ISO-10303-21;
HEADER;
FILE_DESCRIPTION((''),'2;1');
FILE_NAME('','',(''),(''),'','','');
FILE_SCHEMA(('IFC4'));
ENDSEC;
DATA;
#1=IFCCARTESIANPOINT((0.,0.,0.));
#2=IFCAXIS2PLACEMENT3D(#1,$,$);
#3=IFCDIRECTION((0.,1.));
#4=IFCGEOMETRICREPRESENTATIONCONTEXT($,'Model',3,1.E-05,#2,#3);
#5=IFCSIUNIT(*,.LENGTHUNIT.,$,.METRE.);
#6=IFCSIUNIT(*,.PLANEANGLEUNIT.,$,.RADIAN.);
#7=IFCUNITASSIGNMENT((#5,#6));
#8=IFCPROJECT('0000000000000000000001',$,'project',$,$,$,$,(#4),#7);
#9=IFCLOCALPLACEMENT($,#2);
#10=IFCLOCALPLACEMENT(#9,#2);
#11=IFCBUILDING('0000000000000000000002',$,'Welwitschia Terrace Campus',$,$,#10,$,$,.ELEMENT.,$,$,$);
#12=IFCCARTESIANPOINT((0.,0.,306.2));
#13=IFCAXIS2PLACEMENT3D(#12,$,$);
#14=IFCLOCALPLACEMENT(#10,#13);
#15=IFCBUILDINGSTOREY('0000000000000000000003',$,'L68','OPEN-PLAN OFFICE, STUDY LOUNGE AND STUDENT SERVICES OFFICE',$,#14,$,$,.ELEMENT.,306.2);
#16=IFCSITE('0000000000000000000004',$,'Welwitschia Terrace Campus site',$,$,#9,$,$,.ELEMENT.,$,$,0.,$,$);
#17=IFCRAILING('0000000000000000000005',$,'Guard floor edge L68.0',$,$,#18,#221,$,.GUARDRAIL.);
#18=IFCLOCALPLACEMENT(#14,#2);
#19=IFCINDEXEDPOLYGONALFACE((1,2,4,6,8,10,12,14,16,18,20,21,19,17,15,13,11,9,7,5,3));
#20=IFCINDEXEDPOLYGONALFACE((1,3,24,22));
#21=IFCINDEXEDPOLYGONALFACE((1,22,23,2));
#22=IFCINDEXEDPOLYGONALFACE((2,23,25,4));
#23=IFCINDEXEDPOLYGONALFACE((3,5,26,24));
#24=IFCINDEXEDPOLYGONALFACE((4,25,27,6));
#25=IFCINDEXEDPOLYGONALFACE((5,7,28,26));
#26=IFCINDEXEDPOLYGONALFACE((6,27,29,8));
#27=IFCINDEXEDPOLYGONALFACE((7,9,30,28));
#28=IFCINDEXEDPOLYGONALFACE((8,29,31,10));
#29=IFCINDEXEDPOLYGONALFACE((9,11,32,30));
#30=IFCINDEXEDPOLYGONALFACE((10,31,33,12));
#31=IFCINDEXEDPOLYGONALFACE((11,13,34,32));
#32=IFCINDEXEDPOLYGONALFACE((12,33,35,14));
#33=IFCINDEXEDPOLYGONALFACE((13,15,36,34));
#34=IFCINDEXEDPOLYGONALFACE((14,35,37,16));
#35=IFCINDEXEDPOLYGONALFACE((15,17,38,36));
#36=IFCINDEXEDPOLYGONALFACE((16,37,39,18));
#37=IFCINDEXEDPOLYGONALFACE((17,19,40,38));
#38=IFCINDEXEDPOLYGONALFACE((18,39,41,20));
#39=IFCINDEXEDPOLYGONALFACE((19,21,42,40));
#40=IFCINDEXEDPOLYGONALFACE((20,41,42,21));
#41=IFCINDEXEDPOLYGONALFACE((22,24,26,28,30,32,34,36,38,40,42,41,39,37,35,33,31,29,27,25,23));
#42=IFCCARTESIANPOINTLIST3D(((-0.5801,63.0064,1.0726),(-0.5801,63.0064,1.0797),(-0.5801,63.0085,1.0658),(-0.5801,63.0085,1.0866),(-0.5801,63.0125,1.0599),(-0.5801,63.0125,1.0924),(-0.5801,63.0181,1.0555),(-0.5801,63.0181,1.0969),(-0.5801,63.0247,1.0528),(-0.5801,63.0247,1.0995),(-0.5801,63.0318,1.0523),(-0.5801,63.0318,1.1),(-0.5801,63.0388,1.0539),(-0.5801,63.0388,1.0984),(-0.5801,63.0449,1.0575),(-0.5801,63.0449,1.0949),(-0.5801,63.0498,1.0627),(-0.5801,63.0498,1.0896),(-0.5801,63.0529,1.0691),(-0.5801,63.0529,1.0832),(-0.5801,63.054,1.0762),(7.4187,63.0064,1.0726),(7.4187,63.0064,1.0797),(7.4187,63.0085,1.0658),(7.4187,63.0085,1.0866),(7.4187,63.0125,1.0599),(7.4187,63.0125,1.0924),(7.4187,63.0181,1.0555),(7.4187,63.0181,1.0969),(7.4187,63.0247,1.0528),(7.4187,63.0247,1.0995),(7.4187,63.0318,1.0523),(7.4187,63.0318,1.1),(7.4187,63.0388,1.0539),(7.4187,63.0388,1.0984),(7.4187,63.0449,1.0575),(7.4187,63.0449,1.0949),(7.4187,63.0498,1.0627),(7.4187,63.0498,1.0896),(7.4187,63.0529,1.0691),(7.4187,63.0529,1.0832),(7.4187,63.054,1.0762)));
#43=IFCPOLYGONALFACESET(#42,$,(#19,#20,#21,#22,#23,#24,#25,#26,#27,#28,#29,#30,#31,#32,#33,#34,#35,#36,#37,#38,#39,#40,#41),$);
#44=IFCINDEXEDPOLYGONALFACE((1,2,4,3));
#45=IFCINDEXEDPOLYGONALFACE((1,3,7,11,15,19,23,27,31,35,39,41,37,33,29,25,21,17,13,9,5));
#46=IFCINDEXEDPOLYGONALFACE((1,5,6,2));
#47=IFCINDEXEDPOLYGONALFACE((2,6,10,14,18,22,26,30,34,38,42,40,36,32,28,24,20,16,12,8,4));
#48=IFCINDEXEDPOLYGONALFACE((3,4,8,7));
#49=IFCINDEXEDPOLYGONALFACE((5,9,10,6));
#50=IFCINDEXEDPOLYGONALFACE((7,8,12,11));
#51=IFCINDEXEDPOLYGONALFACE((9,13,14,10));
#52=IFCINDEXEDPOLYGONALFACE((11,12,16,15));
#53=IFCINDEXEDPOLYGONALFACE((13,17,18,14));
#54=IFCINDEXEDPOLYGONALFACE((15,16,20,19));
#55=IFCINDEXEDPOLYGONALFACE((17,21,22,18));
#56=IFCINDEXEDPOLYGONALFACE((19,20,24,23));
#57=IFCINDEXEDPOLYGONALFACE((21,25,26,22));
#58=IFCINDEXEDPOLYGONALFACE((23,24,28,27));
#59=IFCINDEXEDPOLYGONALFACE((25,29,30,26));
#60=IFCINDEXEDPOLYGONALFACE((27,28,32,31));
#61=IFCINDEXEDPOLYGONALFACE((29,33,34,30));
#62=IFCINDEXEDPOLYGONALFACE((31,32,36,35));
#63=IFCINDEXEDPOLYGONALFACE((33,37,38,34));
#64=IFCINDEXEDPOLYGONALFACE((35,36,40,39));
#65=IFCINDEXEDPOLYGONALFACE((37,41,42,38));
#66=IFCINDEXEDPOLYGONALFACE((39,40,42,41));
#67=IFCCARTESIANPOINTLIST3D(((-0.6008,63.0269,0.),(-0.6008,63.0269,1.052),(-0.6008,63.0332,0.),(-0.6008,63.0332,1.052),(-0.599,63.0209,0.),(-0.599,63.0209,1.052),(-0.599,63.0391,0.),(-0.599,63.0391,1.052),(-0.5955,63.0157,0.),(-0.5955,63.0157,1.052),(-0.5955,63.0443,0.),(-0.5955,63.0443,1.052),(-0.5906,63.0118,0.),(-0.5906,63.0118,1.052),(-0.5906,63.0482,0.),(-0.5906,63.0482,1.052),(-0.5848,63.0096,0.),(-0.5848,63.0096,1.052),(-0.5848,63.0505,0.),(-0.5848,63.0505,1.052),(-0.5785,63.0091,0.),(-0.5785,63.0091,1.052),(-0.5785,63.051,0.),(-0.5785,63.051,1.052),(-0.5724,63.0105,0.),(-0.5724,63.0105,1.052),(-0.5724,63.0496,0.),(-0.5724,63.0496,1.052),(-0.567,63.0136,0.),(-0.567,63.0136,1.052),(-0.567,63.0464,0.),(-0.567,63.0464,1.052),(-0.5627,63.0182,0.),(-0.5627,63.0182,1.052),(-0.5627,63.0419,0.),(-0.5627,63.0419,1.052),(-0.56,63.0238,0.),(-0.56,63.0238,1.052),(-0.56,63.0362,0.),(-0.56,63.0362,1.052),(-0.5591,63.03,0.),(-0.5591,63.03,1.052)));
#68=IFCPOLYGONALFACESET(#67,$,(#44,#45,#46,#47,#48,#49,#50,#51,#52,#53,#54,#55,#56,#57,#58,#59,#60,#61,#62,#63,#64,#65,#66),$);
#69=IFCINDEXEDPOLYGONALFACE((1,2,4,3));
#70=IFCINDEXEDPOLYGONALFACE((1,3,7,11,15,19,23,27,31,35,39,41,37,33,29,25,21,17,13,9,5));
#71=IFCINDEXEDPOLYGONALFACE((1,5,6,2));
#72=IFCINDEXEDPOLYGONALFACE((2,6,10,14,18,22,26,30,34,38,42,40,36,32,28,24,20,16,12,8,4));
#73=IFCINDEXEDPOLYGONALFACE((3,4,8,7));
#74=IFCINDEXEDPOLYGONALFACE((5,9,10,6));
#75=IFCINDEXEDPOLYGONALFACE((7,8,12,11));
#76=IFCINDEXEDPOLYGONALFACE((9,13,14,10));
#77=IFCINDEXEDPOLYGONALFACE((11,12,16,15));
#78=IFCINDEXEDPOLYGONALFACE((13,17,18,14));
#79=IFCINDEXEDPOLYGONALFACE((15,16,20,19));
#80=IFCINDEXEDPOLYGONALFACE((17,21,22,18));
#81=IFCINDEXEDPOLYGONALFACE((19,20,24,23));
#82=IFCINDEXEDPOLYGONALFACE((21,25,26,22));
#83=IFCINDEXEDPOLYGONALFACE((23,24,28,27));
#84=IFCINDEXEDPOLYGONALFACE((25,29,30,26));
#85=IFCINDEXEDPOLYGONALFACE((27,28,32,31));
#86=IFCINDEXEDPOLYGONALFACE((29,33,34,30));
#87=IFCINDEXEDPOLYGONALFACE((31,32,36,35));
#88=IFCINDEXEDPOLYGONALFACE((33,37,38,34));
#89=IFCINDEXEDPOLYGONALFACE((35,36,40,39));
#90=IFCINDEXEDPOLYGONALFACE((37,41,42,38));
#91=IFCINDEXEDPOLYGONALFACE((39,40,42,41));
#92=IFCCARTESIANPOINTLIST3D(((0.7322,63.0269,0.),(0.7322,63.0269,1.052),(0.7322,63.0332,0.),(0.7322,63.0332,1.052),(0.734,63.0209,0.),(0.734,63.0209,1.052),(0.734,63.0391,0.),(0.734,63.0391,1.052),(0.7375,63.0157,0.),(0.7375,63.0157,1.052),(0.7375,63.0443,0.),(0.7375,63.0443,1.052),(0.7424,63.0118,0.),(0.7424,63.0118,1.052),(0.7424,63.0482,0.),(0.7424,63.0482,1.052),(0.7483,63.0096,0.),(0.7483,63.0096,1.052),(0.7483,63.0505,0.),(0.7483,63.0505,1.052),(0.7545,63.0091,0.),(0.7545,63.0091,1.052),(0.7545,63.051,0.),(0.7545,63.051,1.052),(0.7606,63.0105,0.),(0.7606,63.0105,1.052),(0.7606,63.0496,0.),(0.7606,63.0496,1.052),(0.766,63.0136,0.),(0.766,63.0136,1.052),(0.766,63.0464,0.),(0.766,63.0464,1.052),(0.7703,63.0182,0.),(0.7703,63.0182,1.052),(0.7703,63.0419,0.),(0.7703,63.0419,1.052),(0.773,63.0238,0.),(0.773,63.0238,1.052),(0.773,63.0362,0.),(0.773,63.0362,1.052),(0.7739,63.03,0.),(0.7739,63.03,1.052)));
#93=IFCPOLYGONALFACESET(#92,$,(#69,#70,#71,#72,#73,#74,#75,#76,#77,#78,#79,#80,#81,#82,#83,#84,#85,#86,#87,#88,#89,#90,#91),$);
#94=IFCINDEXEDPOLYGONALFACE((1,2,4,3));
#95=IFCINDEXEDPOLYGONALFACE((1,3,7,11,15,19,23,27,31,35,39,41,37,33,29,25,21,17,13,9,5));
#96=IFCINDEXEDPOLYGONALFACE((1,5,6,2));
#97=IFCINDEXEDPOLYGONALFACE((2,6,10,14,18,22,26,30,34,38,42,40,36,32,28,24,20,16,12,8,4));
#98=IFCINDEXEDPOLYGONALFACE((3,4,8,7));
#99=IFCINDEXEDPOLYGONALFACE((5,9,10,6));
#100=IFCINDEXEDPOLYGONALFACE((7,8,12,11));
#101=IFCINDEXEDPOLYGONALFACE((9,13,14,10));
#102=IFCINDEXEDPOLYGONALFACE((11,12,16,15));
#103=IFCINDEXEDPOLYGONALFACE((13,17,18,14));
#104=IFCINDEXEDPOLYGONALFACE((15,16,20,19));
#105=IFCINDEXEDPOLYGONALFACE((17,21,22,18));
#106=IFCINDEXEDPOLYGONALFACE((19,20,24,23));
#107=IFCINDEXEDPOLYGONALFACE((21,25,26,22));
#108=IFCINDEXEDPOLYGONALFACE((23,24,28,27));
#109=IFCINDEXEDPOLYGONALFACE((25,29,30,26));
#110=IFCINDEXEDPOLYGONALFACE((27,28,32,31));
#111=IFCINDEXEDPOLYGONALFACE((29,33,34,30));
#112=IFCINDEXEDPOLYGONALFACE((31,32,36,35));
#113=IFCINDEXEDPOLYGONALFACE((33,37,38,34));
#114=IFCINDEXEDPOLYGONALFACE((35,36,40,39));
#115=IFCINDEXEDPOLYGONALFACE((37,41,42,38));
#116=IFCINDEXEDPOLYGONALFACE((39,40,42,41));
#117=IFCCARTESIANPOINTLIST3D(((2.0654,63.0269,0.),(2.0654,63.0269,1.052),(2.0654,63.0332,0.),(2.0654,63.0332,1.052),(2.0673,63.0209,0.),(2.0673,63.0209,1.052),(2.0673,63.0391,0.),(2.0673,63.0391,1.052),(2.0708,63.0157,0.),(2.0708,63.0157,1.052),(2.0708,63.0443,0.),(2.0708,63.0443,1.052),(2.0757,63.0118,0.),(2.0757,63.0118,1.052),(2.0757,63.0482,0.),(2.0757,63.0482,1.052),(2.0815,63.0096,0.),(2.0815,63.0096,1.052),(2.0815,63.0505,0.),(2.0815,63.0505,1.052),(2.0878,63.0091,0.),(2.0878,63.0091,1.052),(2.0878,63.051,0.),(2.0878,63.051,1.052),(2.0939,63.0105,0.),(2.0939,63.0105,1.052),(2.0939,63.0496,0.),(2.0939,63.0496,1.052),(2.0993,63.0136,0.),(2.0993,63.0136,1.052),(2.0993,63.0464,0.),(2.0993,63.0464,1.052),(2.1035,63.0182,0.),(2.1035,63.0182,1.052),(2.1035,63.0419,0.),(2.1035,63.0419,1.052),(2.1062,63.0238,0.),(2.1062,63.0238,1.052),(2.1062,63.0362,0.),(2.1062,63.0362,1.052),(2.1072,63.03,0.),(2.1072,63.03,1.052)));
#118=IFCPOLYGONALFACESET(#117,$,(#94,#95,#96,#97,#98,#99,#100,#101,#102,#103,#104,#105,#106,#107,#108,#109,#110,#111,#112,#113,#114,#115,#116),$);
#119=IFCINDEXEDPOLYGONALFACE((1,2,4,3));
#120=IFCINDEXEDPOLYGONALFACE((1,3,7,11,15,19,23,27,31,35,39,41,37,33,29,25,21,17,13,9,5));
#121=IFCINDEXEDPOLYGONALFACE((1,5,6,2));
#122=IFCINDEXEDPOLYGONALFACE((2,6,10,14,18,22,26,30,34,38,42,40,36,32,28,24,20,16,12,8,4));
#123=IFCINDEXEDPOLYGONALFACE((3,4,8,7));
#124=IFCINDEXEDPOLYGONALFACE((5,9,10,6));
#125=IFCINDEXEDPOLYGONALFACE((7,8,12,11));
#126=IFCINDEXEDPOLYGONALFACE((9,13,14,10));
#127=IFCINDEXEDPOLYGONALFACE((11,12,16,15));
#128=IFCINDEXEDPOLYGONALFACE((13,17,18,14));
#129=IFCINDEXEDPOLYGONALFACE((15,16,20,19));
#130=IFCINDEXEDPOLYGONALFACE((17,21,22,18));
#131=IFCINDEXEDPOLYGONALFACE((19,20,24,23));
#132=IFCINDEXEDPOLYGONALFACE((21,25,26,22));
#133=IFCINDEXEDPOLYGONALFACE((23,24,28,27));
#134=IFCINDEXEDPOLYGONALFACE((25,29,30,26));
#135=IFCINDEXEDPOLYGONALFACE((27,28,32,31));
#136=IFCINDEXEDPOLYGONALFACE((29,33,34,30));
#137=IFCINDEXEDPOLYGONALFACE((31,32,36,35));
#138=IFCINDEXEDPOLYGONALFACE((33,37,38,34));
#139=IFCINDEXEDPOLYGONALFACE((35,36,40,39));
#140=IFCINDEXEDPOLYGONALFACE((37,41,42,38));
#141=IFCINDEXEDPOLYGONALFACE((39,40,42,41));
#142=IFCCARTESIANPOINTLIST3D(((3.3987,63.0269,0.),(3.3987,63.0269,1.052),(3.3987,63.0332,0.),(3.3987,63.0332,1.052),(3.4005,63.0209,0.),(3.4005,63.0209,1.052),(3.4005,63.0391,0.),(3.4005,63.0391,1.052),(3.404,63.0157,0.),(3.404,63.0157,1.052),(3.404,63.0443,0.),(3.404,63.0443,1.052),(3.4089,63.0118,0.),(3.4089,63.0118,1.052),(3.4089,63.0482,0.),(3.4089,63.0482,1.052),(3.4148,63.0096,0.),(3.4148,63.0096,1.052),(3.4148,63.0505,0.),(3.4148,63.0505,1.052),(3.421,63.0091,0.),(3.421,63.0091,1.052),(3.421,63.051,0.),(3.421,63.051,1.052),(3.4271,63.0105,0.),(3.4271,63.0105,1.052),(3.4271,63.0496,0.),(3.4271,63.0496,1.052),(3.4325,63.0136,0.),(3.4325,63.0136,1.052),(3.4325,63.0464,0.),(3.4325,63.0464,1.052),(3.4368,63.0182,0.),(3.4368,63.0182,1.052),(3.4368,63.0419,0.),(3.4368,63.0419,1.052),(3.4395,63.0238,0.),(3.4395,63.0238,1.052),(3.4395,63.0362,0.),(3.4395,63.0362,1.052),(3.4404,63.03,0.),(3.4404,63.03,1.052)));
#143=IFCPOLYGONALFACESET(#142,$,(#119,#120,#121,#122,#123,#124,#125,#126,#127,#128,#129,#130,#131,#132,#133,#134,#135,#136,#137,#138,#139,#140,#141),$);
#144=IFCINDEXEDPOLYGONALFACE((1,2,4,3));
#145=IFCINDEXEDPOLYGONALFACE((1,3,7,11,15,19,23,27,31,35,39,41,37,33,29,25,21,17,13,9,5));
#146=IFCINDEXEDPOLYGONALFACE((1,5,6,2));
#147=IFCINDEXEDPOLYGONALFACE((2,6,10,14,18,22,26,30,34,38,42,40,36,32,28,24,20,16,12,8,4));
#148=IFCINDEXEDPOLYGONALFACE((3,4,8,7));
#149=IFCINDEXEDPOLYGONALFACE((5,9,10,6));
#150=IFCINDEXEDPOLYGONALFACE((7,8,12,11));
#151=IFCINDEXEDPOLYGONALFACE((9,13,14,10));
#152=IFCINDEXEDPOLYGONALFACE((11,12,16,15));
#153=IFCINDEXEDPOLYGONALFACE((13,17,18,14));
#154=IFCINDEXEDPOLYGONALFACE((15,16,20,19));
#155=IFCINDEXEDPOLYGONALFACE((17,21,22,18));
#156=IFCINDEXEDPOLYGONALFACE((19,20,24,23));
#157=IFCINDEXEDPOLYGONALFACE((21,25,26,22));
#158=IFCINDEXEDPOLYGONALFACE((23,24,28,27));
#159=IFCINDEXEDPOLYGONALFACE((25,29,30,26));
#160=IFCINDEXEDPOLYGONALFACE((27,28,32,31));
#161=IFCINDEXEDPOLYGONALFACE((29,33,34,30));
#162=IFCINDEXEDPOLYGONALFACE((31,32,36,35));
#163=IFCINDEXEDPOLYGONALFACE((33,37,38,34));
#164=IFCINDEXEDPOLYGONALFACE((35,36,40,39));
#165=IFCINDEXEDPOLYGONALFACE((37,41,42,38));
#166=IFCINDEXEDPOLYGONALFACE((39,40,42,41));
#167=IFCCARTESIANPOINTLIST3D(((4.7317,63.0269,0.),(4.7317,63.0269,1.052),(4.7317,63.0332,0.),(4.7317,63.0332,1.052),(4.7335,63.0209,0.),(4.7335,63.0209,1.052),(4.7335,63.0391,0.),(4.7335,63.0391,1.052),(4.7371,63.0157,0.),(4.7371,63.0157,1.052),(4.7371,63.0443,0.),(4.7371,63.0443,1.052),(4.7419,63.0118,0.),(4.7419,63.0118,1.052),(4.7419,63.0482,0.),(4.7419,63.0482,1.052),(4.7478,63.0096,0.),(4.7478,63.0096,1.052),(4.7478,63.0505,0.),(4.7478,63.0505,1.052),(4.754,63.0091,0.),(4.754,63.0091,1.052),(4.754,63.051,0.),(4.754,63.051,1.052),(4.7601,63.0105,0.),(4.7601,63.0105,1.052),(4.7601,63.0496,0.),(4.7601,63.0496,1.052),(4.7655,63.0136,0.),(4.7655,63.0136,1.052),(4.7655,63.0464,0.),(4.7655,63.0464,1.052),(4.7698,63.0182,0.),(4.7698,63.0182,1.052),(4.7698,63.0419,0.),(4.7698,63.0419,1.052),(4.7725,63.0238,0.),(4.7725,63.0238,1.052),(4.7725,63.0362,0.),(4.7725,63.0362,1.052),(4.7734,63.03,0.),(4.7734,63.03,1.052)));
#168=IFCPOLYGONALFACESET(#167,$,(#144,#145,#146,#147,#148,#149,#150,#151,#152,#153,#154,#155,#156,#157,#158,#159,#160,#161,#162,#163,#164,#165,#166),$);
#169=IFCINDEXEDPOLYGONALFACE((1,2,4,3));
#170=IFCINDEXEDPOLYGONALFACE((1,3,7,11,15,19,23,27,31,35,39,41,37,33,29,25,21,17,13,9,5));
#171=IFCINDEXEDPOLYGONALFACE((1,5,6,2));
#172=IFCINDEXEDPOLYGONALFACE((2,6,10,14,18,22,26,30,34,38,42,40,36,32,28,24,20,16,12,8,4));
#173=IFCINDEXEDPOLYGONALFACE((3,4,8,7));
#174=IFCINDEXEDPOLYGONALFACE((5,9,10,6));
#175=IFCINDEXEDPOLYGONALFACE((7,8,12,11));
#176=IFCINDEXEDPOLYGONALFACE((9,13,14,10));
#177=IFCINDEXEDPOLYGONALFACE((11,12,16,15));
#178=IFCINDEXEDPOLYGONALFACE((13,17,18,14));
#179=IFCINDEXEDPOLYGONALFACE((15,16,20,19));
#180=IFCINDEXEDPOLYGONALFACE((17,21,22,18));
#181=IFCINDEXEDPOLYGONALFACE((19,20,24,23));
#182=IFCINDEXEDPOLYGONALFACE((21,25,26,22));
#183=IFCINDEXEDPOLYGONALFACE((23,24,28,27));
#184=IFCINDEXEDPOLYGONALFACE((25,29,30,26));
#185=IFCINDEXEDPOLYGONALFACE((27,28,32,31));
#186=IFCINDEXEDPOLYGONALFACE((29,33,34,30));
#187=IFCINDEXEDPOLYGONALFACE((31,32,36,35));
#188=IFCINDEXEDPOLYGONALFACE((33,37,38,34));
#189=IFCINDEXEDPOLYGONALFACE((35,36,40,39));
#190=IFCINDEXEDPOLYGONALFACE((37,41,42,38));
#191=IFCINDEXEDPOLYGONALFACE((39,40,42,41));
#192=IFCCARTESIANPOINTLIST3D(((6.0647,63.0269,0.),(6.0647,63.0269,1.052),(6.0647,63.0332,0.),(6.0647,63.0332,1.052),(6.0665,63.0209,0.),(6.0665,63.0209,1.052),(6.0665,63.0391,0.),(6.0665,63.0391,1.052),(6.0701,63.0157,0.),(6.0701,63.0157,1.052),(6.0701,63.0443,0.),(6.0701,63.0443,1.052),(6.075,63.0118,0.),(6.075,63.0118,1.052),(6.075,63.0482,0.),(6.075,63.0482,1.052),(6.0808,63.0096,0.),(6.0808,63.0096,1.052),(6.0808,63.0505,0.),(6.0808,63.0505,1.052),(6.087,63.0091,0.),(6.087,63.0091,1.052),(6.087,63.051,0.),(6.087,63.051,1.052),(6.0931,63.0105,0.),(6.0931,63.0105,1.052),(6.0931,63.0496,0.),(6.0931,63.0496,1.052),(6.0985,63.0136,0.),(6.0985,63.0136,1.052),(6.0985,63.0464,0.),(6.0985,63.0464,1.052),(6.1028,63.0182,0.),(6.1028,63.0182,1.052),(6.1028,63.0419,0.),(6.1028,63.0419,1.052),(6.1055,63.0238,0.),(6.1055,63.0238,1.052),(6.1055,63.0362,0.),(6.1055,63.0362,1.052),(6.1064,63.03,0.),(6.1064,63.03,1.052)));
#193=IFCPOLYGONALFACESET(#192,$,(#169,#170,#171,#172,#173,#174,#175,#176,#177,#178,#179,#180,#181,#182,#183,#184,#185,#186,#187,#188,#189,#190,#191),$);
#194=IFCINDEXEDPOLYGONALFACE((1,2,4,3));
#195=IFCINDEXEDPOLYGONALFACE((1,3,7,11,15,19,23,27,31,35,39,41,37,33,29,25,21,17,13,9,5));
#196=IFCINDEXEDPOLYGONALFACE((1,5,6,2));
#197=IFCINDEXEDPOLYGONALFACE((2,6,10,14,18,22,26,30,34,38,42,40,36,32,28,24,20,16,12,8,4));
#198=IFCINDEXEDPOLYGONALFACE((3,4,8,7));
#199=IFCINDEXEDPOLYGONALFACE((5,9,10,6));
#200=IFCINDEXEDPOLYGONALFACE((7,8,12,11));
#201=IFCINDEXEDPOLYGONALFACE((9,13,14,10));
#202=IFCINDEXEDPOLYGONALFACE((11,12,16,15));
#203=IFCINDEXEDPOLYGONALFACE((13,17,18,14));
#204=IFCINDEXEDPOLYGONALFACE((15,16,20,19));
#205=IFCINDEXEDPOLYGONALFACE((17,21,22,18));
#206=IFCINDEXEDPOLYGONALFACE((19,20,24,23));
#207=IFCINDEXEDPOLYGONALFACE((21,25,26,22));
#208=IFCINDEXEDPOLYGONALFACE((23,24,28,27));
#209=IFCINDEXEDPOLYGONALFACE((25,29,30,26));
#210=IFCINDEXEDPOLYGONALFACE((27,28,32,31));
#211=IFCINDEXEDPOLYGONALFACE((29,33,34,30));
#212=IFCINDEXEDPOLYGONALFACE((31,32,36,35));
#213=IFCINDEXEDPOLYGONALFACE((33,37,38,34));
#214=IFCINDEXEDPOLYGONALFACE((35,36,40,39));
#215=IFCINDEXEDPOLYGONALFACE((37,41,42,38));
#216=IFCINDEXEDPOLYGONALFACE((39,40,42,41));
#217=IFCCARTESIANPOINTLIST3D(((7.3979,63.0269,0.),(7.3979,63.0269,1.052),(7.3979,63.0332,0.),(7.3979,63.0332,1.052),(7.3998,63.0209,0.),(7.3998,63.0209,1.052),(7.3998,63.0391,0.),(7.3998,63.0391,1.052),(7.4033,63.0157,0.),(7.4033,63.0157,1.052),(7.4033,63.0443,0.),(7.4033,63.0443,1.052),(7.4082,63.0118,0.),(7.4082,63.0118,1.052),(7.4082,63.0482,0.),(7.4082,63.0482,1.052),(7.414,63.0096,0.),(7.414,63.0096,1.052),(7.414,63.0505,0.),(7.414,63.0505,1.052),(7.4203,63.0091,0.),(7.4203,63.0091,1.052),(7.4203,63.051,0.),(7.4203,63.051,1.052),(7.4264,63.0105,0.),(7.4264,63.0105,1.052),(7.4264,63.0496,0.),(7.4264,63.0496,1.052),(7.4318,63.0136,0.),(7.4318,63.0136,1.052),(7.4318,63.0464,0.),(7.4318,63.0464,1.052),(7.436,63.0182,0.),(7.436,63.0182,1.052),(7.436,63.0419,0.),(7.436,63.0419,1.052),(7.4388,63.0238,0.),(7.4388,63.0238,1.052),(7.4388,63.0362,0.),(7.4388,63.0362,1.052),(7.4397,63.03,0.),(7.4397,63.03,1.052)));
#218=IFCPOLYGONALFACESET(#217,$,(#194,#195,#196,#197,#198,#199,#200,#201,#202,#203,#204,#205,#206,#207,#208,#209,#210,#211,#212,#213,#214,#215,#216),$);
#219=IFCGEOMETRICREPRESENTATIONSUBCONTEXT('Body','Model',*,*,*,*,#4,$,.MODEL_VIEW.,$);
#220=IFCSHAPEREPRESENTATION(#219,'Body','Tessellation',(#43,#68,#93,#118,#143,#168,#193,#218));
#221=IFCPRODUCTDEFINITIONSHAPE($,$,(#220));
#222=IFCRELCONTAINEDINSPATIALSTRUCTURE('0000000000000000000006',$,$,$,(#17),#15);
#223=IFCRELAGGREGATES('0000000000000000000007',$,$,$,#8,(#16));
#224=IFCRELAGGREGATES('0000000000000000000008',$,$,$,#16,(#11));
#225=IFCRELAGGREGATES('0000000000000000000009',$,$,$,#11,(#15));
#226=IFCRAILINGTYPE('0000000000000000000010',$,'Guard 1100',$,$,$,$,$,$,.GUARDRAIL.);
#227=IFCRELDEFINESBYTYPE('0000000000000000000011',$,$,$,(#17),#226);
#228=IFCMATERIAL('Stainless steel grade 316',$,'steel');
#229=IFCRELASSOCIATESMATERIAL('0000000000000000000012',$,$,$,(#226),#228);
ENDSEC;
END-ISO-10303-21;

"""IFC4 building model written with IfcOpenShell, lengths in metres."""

from ifc_helpers import new_model, si_unit, direction, frame, origin, origin_2d, place, context, subcontext, project, spatial, circle, extrude, material, type_object, element, save


model = new_model("IFC4")

# Units and contexts
model_context = context("Model", 3, precision=1e-05, world=origin(), true_north=direction((0.0, 1.0)))
body_context = subcontext(model_context, "Body", "Model", "MODEL_VIEW")
ifc_project = project(units=[si_unit("LENGTHUNIT", "METRE"), si_unit("PLANEANGLEUNIT", "RADIAN")], contexts=[model_context])

# Site, building, storey
site_placement = place(None, origin())
site = spatial("IfcSite", under=ifc_project, at=site_placement, Name="Welwitschia Terrace Campus site", CompositionType="ELEMENT", RefElevation=0.0)
building_placement = place(site_placement, origin())
building = spatial("IfcBuilding", under=site, at=building_placement, Name="Welwitschia Terrace Campus", CompositionType="ELEMENT")
storey_placement = place(building_placement, frame((0.0, 0.0, 306.2)))
storey = spatial("IfcBuildingStorey", under=building, at=storey_placement, Name="L68", Description="OPEN-PLAN OFFICE, STUDY LOUNGE AND STUDENT SERVICES OFFICE", CompositionType="ELEMENT", Elevation=306.2)

# Railing
ifc_material_1 = material(Name="Stainless steel grade 316", Category="steel")
railing_type = type_object("IfcRailingType", Name="Guard 1100", PredefinedType="GUARDRAIL", material=ifc_material_1)
railing_placement = place(storey_placement, frame((-0.5801, 63.03, 0.0)))
element("IfcRailing", 1, at=railing_placement, inside=storey, type_object=railing_type, Name="Guard floor edge L68.0", PredefinedType="GUARDRAIL", context=body_context, shape_type="SweptSolid", body=[
    extrude(circle(Radius=0.0239, at=origin_2d()), frame((0.0, 0.0, 1.0762), z_axis=(1.0, 0.0, 0.0), x_axis=(0.0, 1.0, 0.0)), (0.0, 0.0, 1.0), 7.9988),
    extrude(circle(Radius=0.021, at=origin_2d()), origin(), (0.0, 0.0, 1.0), 1.052),
    extrude(circle(Radius=0.021, at=origin_2d()), frame((1.333, 0.0, 0.0)), (0.0, 0.0, 1.0), 1.052),
    extrude(circle(Radius=0.021, at=origin_2d()), frame((2.6663, 0.0, 0.0)), (0.0, 0.0, 1.0), 1.052),
    extrude(circle(Radius=0.021, at=origin_2d()), frame((3.9995, 0.0, 0.0)), (0.0, 0.0, 1.0), 1.052),
    extrude(circle(Radius=0.021, at=origin_2d()), frame((5.3325, 0.0, 0.0)), (0.0, 0.0, 1.0), 1.052),
    extrude(circle(Radius=0.021, at=origin_2d()), frame((6.6655, 0.0, 0.0)), (0.0, 0.0, 1.0), 1.052),
    extrude(circle(Radius=0.021, at=origin_2d()), frame((7.9988, 0.0, 0.0)), (0.0, 0.0, 1.0), 1.052),
])

save(model, "model.ifc")
